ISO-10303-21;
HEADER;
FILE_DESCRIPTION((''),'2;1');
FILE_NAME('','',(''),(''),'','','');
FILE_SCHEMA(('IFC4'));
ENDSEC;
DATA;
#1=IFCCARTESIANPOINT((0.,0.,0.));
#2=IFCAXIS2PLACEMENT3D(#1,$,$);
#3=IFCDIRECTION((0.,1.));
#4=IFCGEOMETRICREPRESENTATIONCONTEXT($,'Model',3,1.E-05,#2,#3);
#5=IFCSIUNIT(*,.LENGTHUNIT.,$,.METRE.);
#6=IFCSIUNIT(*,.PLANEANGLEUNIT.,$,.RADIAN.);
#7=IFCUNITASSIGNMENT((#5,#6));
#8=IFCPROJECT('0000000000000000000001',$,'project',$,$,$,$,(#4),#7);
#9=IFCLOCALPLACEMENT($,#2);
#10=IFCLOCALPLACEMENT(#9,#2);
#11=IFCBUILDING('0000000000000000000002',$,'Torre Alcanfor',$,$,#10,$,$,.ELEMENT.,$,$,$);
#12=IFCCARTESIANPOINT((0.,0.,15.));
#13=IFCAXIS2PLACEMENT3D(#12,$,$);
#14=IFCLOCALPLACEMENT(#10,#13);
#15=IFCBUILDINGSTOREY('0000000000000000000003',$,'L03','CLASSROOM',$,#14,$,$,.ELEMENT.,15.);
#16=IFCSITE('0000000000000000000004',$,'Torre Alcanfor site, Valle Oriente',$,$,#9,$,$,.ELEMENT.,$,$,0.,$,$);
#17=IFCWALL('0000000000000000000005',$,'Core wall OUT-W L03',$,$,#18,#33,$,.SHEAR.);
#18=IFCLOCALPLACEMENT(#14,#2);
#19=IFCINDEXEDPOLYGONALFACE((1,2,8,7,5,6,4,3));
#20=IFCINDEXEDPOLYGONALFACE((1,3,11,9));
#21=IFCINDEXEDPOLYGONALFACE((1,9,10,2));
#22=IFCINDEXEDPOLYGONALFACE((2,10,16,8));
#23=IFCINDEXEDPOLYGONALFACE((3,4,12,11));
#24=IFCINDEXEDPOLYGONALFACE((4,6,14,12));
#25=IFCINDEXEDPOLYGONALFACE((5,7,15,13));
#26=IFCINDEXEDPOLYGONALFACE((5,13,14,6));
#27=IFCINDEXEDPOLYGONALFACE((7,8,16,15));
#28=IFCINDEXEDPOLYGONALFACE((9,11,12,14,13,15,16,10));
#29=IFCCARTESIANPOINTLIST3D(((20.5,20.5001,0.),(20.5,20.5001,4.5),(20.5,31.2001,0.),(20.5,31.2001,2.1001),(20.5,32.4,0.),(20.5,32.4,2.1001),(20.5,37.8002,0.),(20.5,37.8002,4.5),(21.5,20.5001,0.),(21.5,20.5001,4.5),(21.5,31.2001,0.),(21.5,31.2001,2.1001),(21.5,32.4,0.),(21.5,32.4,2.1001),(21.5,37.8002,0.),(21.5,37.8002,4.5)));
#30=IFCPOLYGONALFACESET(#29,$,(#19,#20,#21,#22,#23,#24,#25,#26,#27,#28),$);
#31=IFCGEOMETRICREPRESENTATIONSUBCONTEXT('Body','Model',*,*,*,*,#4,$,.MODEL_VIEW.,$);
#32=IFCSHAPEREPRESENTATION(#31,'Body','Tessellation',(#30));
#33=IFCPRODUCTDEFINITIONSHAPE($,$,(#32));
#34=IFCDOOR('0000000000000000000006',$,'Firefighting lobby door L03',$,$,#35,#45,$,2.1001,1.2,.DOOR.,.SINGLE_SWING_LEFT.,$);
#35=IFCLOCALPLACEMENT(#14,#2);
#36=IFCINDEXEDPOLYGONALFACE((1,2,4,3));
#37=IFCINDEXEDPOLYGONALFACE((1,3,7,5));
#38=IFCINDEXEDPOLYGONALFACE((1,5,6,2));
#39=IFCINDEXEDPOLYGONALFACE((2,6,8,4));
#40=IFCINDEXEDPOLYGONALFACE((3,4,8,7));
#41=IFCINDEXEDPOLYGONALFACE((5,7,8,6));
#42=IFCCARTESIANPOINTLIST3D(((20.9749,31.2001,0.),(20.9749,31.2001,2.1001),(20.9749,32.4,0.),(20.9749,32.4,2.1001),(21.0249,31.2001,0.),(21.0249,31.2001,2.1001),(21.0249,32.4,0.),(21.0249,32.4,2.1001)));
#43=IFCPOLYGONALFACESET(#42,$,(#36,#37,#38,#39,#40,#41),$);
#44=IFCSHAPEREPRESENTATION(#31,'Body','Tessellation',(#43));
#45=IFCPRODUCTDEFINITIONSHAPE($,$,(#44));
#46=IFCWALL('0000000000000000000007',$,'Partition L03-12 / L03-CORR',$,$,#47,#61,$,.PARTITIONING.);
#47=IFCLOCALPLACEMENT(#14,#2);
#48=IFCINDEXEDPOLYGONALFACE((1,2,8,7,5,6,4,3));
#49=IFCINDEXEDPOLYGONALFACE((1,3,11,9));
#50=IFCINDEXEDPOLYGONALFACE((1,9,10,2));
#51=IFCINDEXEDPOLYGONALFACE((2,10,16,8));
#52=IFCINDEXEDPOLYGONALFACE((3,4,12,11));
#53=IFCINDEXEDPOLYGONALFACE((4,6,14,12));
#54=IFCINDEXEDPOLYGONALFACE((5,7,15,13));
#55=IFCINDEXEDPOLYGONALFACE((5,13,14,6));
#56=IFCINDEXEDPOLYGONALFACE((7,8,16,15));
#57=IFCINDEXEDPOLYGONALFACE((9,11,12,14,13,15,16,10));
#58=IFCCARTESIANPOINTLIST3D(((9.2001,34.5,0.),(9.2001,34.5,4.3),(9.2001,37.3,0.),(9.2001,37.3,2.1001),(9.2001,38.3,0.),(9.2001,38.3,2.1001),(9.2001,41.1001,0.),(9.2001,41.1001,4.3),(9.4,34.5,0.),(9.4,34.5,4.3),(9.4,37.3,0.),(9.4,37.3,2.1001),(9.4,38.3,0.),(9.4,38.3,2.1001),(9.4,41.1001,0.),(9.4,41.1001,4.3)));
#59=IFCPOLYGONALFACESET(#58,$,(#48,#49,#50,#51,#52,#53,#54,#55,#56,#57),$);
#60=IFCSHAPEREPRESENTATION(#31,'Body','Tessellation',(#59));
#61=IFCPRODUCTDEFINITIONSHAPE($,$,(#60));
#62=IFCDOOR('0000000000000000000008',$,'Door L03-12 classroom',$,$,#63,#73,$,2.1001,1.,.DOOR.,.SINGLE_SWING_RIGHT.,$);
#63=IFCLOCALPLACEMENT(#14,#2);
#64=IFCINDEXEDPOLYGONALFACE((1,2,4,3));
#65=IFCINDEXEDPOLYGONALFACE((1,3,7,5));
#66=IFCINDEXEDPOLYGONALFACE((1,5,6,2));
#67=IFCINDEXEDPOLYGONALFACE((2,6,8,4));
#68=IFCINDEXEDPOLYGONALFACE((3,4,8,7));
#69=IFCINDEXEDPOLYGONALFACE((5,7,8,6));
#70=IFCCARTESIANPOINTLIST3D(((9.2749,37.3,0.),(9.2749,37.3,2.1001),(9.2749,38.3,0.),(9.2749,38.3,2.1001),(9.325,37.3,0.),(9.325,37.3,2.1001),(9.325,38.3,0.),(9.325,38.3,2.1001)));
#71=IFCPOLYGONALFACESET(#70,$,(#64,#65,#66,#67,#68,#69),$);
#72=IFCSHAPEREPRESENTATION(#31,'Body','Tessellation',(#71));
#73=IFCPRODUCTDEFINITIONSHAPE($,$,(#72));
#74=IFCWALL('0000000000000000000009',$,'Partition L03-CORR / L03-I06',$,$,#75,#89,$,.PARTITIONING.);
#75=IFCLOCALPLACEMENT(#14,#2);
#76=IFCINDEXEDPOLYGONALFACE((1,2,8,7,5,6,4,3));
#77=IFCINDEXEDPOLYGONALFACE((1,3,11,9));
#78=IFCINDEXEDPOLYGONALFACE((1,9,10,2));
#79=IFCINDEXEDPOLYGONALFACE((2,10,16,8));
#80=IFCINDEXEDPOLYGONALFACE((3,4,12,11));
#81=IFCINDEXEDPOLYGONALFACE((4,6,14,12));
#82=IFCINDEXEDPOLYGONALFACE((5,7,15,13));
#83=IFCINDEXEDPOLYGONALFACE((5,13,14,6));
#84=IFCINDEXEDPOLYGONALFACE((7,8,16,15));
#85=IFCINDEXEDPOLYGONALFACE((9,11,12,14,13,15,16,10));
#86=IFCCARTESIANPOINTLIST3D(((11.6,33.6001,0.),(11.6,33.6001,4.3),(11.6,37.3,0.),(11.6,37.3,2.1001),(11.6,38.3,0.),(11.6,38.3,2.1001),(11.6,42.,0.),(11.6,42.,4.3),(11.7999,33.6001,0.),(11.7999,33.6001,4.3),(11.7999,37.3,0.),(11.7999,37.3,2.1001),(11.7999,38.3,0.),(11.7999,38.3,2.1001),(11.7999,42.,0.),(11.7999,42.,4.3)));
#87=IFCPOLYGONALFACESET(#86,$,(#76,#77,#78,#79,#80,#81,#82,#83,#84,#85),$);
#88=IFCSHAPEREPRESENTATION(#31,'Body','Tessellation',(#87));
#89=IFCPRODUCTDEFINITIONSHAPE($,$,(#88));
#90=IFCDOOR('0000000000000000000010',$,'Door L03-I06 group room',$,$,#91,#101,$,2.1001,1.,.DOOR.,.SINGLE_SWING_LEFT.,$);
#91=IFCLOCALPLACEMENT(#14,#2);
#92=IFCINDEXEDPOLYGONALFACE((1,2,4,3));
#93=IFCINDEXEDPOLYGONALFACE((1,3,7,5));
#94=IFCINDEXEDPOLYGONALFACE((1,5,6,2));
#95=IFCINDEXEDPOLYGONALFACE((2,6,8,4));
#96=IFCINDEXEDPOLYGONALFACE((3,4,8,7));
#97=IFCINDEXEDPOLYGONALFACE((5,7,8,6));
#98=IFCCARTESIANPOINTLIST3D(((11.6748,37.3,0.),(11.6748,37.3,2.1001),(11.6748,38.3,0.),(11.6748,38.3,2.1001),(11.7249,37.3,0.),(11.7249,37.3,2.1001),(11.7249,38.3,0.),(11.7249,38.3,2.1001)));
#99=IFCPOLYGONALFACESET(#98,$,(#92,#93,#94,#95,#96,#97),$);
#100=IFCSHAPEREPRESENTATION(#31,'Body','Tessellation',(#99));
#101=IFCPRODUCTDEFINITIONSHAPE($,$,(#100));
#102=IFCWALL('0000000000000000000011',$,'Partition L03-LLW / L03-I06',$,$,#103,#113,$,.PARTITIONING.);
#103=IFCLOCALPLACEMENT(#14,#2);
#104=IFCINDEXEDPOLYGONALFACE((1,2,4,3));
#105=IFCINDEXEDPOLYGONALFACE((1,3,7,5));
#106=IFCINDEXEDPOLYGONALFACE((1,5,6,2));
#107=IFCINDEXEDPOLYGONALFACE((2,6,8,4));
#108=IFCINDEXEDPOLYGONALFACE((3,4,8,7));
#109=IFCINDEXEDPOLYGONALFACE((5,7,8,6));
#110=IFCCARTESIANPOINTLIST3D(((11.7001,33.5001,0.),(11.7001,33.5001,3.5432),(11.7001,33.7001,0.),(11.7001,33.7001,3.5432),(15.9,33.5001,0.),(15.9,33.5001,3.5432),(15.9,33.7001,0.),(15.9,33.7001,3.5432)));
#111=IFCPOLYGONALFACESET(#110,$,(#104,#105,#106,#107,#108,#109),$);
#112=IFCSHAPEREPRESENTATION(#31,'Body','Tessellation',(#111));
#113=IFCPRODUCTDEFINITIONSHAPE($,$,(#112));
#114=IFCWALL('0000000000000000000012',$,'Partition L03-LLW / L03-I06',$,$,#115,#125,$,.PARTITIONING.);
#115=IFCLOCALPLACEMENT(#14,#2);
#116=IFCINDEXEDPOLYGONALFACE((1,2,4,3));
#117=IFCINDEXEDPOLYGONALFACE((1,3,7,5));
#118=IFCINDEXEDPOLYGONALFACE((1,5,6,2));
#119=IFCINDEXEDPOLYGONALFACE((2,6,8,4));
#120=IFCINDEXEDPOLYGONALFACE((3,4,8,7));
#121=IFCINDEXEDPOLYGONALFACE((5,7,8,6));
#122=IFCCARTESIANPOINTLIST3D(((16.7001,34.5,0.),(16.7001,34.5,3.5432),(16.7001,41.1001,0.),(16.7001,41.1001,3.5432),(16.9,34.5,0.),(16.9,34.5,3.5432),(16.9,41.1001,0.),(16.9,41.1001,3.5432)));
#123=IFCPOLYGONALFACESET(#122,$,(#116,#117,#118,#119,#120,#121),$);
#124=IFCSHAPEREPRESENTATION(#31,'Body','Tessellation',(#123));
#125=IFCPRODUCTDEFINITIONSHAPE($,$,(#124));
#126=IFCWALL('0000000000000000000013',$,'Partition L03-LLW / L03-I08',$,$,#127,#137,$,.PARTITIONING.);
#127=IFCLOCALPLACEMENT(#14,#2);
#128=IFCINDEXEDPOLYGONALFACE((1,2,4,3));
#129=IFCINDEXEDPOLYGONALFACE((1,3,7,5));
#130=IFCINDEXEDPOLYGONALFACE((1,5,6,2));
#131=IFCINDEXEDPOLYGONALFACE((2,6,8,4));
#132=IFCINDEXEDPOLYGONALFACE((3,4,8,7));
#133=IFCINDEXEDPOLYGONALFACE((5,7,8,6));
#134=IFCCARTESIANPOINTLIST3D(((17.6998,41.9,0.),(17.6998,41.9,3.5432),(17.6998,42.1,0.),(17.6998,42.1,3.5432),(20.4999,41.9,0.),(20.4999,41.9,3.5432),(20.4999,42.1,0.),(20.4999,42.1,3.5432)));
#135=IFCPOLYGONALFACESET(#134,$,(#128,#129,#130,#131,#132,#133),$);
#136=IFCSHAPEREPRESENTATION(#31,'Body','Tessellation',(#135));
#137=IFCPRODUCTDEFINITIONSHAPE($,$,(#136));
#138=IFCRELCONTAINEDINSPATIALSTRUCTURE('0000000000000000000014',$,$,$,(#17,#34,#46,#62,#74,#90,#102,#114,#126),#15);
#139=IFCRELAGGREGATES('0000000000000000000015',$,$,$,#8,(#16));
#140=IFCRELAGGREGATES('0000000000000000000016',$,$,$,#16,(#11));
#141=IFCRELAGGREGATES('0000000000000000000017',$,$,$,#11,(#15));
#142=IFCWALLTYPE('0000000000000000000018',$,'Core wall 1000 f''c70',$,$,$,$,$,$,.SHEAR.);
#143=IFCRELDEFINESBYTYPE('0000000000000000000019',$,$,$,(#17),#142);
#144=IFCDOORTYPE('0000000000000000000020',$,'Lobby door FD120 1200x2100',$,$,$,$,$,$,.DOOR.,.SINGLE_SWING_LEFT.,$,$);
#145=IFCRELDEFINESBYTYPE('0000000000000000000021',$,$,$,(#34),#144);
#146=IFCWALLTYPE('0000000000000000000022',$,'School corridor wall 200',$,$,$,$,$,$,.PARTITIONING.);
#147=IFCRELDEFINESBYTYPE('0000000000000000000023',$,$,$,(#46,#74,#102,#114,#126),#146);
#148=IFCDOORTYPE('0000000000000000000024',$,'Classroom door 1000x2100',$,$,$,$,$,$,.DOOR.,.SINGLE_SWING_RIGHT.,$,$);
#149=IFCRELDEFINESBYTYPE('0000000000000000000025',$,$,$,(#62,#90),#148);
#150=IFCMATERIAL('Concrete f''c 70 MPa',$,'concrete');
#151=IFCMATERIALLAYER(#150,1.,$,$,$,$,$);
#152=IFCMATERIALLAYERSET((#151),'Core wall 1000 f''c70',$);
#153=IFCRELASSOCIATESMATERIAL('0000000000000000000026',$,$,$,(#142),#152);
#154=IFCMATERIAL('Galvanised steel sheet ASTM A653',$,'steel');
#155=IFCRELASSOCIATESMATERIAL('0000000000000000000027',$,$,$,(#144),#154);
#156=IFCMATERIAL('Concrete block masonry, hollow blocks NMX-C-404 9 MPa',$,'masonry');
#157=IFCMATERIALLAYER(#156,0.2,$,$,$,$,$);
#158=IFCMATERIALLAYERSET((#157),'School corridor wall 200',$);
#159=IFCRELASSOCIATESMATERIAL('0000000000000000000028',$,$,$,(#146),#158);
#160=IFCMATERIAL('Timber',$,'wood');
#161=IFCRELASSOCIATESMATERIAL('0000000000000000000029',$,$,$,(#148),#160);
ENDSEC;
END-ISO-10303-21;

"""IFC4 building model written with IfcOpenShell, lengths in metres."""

from ifc_helpers import new_model, si_unit, direction, frame, frame_2d, origin, place, context, subcontext, project, spatial, rectangle, extrude, material, layer, layer_set, type_object, element, fill, save


model = new_model("IFC4")

# Units and contexts
model_context = context("Model", 3, precision=1e-05, world=origin(), true_north=direction((0.0, 1.0)))
body_context = subcontext(model_context, "Body", "Model", "MODEL_VIEW")
ifc_project = project(units=[si_unit("LENGTHUNIT", "METRE"), si_unit("PLANEANGLEUNIT", "RADIAN")], contexts=[model_context])

# Site, building, storey
site_placement = place(None, origin())
site = spatial("IfcSite", under=ifc_project, at=site_placement, Name="Torre Alcanfor site, Valle Oriente", CompositionType="ELEMENT", RefElevation=0.0)
building_placement = place(site_placement, origin())
building = spatial("IfcBuilding", under=site, at=building_placement, Name="Torre Alcanfor", CompositionType="ELEMENT")
storey_placement = place(building_placement, frame((0.0, 0.0, 15.0)))
storey = spatial("IfcBuildingStorey", under=building, at=storey_placement, Name="L03", Description="CLASSROOM", CompositionType="ELEMENT", Elevation=15.0)

# Walls, openings, doors
ifc_material_1 = material(Name="Concrete f'c 70 MPa", Category="concrete")
ifc_layer_1 = layer(ifc_material_1, 1.0)
ifc_layer_set_1 = layer_set([ifc_layer_1], Name="Core wall 1000 f'c70")
wall_type_1 = type_object("IfcWallType", Name="Core wall 1000 f'c70", PredefinedType="SHEAR", material=ifc_layer_set_1)
wall_1_placement = place(storey_placement, frame((21.0, 37.8, 0.0), z_axis=(0.0, 0.0, 1.0), x_axis=(0.0, -1.0, 0.0)))
wall_1 = element("IfcWall", 1, at=wall_1_placement, inside=storey, type_object=wall_type_1, Name="Core wall OUT-W L03", PredefinedType="SHEAR", context=body_context, shape_type="SweptSolid", body=[
    extrude(rectangle(XDim=17.3, YDim=1.0, at=frame_2d((8.6499, 0.0))), origin(), (0.0, 0.0, 1.0), 4.5),
])
opening_1_placement = place(wall_1_placement, frame((5.3999, 0.0, 0.0)))
opening_1 = element("IfcOpeningElement", 2, at=opening_1_placement, cuts=wall_1, PredefinedType="OPENING", context=body_context, shape_type="SweptSolid", body=[
    extrude(rectangle(XDim=1.2, YDim=2.1001, at=frame_2d((0.6001, 1.05))), frame((0.0, 0.51, 0.0), z_axis=(0.0, -1.0, 0.0), x_axis=(1.0, 0.0, 0.0)), (0.0, 0.0, 1.0), 1.02),
])
ifc_material_2 = material(Name="Galvanised steel sheet ASTM A653", Category="steel")
door_type_1 = type_object("IfcDoorType", Name="Lobby door FD120 1200x2100", OperationType="SINGLE_SWING_LEFT", PredefinedType="DOOR", material=ifc_material_2)
door_1_placement = place(opening_1_placement, origin())
door_1 = element("IfcDoor", 3, at=door_1_placement, inside=storey, type_object=door_type_1, Name="Firefighting lobby door L03", OperationType="SINGLE_SWING_LEFT", OverallHeight=2.1001, OverallWidth=1.2, PredefinedType="DOOR", context=body_context, shape_type="SweptSolid", body=[
    extrude(rectangle(XDim=1.2, YDim=2.1001, at=frame_2d((0.6001, 1.05))), frame((0.0, 0.0249, 0.0), z_axis=(0.0, -1.0, 0.0), x_axis=(1.0, 0.0, 0.0)), (0.0, 0.0, 1.0), 0.05),
])
fill(opening_1, door_1)
ifc_material_3 = material(Name="Concrete block masonry, hollow blocks NMX-C-404 9 MPa", Category="masonry")
ifc_layer_2 = layer(ifc_material_3, 0.2)
ifc_layer_set_2 = layer_set([ifc_layer_2], Name="School corridor wall 200")
wall_type_2 = type_object("IfcWallType", Name="School corridor wall 200", PredefinedType="PARTITIONING", material=ifc_layer_set_2)
wall_2_placement = place(storey_placement, frame((9.3, 41.1001, 0.0), z_axis=(0.0, 0.0, 1.0), x_axis=(0.0, -1.0, 0.0)))
wall_2 = element("IfcWall", 4, at=wall_2_placement, inside=storey, type_object=wall_type_2, Name="Partition L03-12 / L03-CORR", PredefinedType="PARTITIONING", context=body_context, shape_type="SweptSolid", body=[
    extrude(rectangle(XDim=6.6001, YDim=0.2, at=frame_2d((3.3, 0.0))), origin(), (0.0, 0.0, 1.0), 4.3),
])
opening_2_placement = place(wall_2_placement, frame((2.8, 0.0, 0.0)))
opening_2 = element("IfcOpeningElement", 5, at=opening_2_placement, cuts=wall_2, PredefinedType="OPENING", context=body_context, shape_type="SweptSolid", body=[
    extrude(rectangle(XDim=1.0, YDim=2.1001, at=frame_2d((0.5, 1.05))), frame((0.0, 0.1099, 0.0), z_axis=(0.0, -1.0, 0.0), x_axis=(1.0, 0.0, 0.0)), (0.0, 0.0, 1.0), 0.22),
])
ifc_material_4 = material(Name="Timber", Category="wood")
door_type_2 = type_object("IfcDoorType", Name="Classroom door 1000x2100", OperationType="SINGLE_SWING_RIGHT", PredefinedType="DOOR", material=ifc_material_4)
door_2_placement = place(opening_2_placement, frame((1.0, 0.0, 0.0), z_axis=(0.0, 0.0, 1.0), x_axis=(-1.0, 0.0, 0.0)))
door_2 = element("IfcDoor", 6, at=door_2_placement, inside=storey, type_object=door_type_2, Name="Door L03-12 classroom", OperationType="SINGLE_SWING_RIGHT", OverallHeight=2.1001, OverallWidth=1.0, PredefinedType="DOOR", context=body_context, shape_type="SweptSolid", body=[
    extrude(rectangle(XDim=1.0, YDim=2.1001, at=frame_2d((0.5, 1.05))), frame((0.0, 0.0251, 0.0), z_axis=(0.0, -1.0, 0.0), x_axis=(1.0, 0.0, 0.0)), (0.0, 0.0, 1.0), 0.05),
])
fill(opening_2, door_2)
wall_3_placement = place(storey_placement, frame((11.7, 42.0, 0.0), z_axis=(0.0, 0.0, 1.0), x_axis=(0.0, -1.0, 0.0)))
wall_3 = element("IfcWall", 7, at=wall_3_placement, inside=storey, type_object=wall_type_2, Name="Partition L03-CORR / L03-I06", PredefinedType="PARTITIONING", context=body_context, shape_type="SweptSolid", body=[
    extrude(rectangle(XDim=8.3999, YDim=0.2, at=frame_2d((4.2, 0.0))), origin(), (0.0, 0.0, 1.0), 4.3),
])
opening_3_placement = place(wall_3_placement, frame((3.7, 0.0, 0.0)))
opening_3 = element("IfcOpeningElement", 8, at=opening_3_placement, cuts=wall_3, PredefinedType="OPENING", context=body_context, shape_type="SweptSolid", body=[
    extrude(rectangle(XDim=1.0, YDim=2.1001, at=frame_2d((0.5, 1.05))), frame((0.0, 0.1099, 0.0), z_axis=(0.0, -1.0, 0.0), x_axis=(1.0, 0.0, 0.0)), (0.0, 0.0, 1.0), 0.22),
])
door_3_placement = place(opening_3_placement, origin())
door_3 = element("IfcDoor", 9, at=door_3_placement, inside=storey, type_object=door_type_2, Name="Door L03-I06 group room", OperationType="SINGLE_SWING_LEFT", OverallHeight=2.1001, OverallWidth=1.0, PredefinedType="DOOR", context=body_context, shape_type="SweptSolid", body=[
    extrude(rectangle(XDim=1.0, YDim=2.1001, at=frame_2d((0.5, 1.05))), frame((0.0, 0.0249, 0.0), z_axis=(0.0, -1.0, 0.0), x_axis=(1.0, 0.0, 0.0)), (0.0, 0.0, 1.0), 0.05),
])
fill(opening_3, door_3)

# Walls
wall_4_placement = place(storey_placement, frame((11.7, 33.6001, 0.0), z_axis=(0.0, 0.0, 1.0), x_axis=(1.0, 0.0, 0.0)))
element("IfcWall", 10, at=wall_4_placement, inside=storey, type_object=wall_type_2, Name="Partition L03-LLW / L03-I06", PredefinedType="PARTITIONING", context=body_context, shape_type="SweptSolid", body=[
    extrude(rectangle(XDim=4.2, YDim=0.2, at=frame_2d((2.1001, 0.0))), origin(), (0.0, 0.0, 1.0), 3.5432),
])
wall_5_placement = place(storey_placement, frame((16.8, 34.5, 0.0), z_axis=(0.0, 0.0, 1.0), x_axis=(0.0, 1.0, 0.0)))
element("IfcWall", 11, at=wall_5_placement, inside=storey, type_object=wall_type_2, Name="Partition L03-LLW / L03-I06", PredefinedType="PARTITIONING", context=body_context, shape_type="SweptSolid", body=[
    extrude(rectangle(XDim=6.6001, YDim=0.2, at=frame_2d((3.3, 0.0))), origin(), (0.0, 0.0, 1.0), 3.5432),
])
wall_6_placement = place(storey_placement, frame((17.7, 42.0, 0.0), z_axis=(0.0, 0.0, 1.0), x_axis=(1.0, 0.0, 0.0)))
element("IfcWall", 12, at=wall_6_placement, inside=storey, type_object=wall_type_2, Name="Partition L03-LLW / L03-I08", PredefinedType="PARTITIONING", context=body_context, shape_type="SweptSolid", body=[
    extrude(rectangle(XDim=2.8, YDim=0.2, at=frame_2d((1.3999, 0.0))), origin(), (0.0, 0.0, 1.0), 3.5432),
])

save(model, "model.ifc")
